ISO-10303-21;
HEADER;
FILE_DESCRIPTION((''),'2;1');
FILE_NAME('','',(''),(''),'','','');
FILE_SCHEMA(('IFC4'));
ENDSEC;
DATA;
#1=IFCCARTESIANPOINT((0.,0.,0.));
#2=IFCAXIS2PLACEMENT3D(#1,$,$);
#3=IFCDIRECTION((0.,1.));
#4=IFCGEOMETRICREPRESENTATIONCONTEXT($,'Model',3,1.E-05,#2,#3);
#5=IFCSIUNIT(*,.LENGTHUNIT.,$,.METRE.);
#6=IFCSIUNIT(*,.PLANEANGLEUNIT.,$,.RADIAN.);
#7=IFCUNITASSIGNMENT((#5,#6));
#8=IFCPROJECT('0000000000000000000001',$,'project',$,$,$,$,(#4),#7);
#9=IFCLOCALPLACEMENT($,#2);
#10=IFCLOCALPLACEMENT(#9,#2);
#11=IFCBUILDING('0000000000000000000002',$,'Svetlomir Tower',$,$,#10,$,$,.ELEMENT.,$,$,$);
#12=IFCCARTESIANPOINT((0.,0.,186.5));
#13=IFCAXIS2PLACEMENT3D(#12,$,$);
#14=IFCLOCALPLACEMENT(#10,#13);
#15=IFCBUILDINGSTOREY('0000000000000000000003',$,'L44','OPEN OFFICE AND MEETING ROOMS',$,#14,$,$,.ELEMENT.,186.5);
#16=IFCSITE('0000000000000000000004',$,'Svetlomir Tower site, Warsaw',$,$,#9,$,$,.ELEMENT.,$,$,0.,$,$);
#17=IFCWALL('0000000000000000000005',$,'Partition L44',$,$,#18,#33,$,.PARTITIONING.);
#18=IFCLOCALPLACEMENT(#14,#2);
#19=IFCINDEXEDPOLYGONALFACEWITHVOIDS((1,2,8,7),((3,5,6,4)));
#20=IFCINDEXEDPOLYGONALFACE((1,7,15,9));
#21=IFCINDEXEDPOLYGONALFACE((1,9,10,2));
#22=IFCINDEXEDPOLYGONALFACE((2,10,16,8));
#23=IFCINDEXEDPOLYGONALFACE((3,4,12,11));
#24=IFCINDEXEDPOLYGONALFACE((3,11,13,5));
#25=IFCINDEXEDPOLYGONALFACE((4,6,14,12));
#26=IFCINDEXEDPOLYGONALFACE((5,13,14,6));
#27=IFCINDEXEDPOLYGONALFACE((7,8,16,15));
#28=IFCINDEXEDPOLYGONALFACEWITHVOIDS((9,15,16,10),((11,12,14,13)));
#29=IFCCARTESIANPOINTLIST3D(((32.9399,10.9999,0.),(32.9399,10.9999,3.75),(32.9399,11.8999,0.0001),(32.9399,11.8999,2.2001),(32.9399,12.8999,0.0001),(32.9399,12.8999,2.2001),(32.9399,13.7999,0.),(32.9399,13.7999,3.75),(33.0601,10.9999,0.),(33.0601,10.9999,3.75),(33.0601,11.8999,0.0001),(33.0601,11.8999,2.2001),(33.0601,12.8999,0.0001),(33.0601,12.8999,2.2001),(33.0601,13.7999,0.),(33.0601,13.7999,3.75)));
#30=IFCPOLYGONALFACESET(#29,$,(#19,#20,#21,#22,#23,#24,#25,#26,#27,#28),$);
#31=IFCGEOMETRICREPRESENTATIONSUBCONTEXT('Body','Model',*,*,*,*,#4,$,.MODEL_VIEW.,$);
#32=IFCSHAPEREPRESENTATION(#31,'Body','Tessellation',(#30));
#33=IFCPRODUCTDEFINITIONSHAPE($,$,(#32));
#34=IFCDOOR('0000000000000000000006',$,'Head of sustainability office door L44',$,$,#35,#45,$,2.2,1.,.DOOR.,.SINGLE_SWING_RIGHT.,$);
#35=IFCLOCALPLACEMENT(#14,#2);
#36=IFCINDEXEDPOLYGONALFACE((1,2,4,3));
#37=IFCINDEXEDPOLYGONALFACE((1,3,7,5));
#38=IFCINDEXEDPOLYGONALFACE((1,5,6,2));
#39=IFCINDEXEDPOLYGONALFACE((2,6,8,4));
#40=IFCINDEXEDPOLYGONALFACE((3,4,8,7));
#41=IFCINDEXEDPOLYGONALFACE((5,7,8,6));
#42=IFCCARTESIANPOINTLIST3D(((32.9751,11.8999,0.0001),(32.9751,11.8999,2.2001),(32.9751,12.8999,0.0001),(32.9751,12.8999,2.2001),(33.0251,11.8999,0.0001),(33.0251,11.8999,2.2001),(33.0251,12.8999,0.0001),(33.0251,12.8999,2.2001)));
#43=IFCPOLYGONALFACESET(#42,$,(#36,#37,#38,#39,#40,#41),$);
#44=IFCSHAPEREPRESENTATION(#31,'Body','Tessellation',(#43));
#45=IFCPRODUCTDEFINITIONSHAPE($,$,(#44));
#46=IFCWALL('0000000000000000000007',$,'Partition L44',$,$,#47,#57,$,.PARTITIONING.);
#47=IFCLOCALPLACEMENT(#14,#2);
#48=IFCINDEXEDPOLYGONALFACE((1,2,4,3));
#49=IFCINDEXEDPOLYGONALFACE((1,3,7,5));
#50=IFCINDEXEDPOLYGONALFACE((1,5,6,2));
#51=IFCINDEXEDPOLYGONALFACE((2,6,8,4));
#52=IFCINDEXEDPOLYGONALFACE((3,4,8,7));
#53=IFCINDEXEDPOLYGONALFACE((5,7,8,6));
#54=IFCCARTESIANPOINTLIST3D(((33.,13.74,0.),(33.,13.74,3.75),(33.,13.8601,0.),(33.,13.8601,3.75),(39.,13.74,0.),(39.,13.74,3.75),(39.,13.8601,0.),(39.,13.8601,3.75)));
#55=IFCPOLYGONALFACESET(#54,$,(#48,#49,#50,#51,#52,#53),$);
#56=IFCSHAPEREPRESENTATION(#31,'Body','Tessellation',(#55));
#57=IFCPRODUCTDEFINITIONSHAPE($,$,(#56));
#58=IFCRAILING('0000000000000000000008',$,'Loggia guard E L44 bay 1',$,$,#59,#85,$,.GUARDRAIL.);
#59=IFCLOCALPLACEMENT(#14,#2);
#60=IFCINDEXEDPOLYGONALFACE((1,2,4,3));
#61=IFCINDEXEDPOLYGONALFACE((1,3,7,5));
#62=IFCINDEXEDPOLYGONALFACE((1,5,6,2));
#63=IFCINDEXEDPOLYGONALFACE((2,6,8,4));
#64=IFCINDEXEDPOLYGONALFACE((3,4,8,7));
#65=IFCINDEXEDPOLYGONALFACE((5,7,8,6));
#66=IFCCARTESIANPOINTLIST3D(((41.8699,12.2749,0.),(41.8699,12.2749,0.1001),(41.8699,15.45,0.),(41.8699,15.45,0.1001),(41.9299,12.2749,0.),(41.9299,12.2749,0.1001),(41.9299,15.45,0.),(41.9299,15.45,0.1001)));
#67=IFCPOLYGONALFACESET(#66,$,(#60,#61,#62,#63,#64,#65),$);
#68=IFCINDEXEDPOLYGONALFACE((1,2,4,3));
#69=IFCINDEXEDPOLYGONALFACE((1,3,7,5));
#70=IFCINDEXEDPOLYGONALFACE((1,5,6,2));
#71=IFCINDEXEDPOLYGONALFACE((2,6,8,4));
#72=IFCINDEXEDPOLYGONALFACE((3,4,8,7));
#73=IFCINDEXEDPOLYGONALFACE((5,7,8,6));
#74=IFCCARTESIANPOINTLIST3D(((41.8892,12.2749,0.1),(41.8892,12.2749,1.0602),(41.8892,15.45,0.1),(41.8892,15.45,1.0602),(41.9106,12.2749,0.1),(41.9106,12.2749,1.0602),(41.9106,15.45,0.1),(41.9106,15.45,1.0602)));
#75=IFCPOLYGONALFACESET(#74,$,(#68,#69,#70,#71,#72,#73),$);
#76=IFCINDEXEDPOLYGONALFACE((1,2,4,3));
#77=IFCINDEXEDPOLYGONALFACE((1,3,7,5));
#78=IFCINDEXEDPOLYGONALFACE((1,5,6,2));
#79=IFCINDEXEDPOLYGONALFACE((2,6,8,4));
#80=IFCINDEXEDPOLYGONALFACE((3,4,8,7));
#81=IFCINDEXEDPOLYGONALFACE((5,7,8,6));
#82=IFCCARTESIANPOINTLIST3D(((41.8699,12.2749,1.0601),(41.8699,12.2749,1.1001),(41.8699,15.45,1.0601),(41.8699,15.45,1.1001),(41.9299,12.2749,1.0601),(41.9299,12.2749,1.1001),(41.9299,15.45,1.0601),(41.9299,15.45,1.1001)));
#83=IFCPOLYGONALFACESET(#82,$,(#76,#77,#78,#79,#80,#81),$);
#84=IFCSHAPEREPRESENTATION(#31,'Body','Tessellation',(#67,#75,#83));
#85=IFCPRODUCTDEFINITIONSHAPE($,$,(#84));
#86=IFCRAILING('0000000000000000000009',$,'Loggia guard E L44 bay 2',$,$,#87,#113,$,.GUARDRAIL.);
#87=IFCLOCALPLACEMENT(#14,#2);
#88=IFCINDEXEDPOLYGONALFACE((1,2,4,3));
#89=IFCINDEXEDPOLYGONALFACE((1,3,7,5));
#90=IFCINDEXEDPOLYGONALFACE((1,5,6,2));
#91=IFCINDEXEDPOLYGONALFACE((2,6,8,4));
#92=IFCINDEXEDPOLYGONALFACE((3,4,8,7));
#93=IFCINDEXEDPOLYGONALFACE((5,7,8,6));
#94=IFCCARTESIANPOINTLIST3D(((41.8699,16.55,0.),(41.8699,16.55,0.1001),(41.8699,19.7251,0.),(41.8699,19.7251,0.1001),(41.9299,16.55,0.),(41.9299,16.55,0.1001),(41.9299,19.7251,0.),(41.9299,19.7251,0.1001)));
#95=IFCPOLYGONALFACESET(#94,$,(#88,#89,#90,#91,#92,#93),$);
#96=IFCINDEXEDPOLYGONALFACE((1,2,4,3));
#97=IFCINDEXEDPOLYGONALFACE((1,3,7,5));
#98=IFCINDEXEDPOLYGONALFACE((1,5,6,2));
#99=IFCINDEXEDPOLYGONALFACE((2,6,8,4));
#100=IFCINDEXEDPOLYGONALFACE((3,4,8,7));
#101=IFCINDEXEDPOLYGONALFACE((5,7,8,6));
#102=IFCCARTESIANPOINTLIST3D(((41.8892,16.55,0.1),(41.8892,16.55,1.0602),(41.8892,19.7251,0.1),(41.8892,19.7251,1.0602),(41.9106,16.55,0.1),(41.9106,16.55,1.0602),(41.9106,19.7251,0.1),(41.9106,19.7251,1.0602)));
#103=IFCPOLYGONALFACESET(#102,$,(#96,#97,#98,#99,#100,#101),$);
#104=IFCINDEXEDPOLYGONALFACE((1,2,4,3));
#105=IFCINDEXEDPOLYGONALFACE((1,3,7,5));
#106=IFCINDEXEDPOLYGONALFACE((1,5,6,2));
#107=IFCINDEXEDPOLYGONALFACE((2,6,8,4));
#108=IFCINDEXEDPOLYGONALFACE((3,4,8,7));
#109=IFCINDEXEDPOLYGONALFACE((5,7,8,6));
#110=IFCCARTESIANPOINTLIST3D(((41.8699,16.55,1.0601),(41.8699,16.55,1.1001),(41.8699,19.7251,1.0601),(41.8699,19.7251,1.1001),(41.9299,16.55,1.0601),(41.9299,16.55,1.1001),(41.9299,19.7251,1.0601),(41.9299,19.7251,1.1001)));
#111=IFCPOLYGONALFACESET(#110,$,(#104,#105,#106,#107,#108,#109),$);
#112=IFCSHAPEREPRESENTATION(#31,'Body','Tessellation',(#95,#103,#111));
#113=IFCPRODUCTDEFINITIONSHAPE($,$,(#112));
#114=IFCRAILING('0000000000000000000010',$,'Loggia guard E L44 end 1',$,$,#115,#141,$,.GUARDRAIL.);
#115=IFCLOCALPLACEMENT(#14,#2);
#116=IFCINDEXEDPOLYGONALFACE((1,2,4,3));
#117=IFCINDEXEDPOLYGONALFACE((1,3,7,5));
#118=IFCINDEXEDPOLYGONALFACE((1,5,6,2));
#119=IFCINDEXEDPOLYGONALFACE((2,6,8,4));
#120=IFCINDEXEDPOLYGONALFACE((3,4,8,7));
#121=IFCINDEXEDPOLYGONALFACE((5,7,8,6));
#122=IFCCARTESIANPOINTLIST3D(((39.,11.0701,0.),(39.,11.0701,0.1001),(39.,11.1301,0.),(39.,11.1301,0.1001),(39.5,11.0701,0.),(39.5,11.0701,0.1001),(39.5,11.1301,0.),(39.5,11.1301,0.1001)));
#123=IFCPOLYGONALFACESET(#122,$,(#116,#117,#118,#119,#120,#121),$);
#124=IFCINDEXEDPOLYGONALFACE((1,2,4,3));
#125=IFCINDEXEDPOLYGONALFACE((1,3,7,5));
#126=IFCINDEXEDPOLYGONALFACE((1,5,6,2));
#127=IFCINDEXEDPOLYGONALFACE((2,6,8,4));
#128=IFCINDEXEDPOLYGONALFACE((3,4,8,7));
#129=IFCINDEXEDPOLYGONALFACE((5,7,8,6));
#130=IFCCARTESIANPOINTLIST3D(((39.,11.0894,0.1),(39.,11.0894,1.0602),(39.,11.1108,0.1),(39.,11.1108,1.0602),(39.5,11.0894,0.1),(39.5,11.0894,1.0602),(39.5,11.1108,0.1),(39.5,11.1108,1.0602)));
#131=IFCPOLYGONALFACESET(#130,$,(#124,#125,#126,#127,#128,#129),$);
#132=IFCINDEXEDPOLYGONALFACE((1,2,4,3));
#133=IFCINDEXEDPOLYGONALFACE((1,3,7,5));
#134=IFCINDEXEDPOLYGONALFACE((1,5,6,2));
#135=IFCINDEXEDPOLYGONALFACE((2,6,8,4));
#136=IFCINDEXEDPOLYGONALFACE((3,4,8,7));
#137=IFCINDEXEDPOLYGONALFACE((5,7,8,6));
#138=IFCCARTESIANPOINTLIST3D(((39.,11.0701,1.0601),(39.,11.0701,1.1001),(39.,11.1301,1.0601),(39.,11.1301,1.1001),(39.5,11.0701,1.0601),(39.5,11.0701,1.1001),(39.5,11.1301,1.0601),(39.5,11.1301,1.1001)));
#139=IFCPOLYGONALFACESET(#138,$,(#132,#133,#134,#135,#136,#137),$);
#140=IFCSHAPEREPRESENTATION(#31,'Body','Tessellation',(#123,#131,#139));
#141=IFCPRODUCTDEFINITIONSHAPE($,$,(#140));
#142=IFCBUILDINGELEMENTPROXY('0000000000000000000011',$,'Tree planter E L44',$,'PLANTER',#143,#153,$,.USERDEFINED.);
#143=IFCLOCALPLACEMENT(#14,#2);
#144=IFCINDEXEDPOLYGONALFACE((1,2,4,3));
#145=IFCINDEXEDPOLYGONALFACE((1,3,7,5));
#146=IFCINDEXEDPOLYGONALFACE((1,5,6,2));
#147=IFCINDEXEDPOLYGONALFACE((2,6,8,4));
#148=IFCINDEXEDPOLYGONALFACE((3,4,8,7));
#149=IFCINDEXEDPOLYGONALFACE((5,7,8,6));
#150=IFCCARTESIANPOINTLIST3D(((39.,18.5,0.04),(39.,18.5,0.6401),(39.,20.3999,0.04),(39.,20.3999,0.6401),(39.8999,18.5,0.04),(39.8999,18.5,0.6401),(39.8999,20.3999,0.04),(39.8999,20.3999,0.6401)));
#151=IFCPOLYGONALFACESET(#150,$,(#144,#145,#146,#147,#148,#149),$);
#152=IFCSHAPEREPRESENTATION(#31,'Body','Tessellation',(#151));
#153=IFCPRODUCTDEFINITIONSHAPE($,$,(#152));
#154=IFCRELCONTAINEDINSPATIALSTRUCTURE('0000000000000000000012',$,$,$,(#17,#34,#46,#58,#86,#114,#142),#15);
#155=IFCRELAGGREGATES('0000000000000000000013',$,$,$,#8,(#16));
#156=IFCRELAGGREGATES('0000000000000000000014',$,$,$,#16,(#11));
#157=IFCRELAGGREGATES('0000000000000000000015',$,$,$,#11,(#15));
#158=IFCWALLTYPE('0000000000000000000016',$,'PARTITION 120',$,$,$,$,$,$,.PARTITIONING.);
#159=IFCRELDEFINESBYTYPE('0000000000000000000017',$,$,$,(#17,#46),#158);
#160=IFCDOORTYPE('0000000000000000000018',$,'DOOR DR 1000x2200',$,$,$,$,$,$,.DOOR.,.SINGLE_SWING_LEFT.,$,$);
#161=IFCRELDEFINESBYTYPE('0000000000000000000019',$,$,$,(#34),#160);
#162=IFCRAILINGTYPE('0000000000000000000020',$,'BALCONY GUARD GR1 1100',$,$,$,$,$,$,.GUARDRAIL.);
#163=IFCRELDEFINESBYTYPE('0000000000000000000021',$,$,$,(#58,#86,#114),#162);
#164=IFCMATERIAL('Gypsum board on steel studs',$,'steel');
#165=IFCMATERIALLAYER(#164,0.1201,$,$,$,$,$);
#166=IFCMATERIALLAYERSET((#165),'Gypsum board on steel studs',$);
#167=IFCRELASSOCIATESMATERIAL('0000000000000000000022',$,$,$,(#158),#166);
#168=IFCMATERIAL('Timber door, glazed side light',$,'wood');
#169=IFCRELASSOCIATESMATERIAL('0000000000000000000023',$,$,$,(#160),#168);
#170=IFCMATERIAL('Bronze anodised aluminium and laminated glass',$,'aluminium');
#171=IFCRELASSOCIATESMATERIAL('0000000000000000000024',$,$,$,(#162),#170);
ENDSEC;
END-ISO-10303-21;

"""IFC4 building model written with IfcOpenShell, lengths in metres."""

from ifc_helpers import new_model, si_unit, direction, frame, frame_2d, origin, origin_2d, place, context, subcontext, project, spatial, rectangle, extrude, material, layer, layer_set, type_object, element, fill, save


model = new_model("IFC4")

# Units and contexts
model_context = context("Model", 3, precision=1e-05, world=origin(), true_north=direction((0.0, 1.0)))
body_context = subcontext(model_context, "Body", "Model", "MODEL_VIEW")
ifc_project = project(units=[si_unit("LENGTHUNIT", "METRE"), si_unit("PLANEANGLEUNIT", "RADIAN")], contexts=[model_context])

# Site, building, storey
site_placement = place(None, origin())
site = spatial("IfcSite", under=ifc_project, at=site_placement, Name="Svetlomir Tower site, Warsaw", CompositionType="ELEMENT", RefElevation=0.0)
building_placement = place(site_placement, origin())
building = spatial("IfcBuilding", under=site, at=building_placement, Name="Svetlomir Tower", CompositionType="ELEMENT")
storey_placement = place(building_placement, frame((0.0, 0.0, 186.5)))
storey = spatial("IfcBuildingStorey", under=building, at=storey_placement, Name="L44", Description="OPEN OFFICE AND MEETING ROOMS", CompositionType="ELEMENT", Elevation=186.5)

# Wall, opening, door
ifc_material_1 = material(Name="Gypsum board on steel studs", Category="steel")
ifc_layer_1 = layer(ifc_material_1, 0.1201)
ifc_layer_set_1 = layer_set([ifc_layer_1], Name="Gypsum board on steel studs")
wall_type_1 = type_object("IfcWallType", Name="PARTITION 120", PredefinedType="PARTITIONING", material=ifc_layer_set_1)
wall_1_placement = place(storey_placement, frame((33.0, 11.0, 0.0), z_axis=(0.0, 0.0, 1.0), x_axis=(0.0, 1.0, 0.0)))
wall_1 = element("IfcWall", 1, at=wall_1_placement, inside=storey, type_object=wall_type_1, Name="Partition L44", PredefinedType="PARTITIONING", context=body_context, shape_type="SweptSolid", body=[
    extrude(rectangle(XDim=2.8, YDim=0.1201, at=frame_2d((1.3999, 0.0))), origin(), (0.0, 0.0, 1.0), 3.75),
])
opening_1_placement = place(wall_1_placement, frame((0.8999, 0.0, 0.0)))
opening_1 = element("IfcOpeningElement", 2, at=opening_1_placement, cuts=wall_1, PredefinedType="OPENING", context=body_context, shape_type="SweptSolid", body=[
    extrude(rectangle(XDim=1.0, YDim=2.2, at=frame_2d((0.5, 1.1001))), frame((0.0, 0.0701, 0.0), z_axis=(0.0, -1.0, 0.0), x_axis=(1.0, 0.0, 0.0)), (0.0, 0.0, 1.0), 0.1401),
])
ifc_material_2 = material(Name="Timber door, glazed side light", Category="wood")
door_type_1 = type_object("IfcDoorType", Name="DOOR DR 1000x2200", OperationType="SINGLE_SWING_LEFT", PredefinedType="DOOR", material=ifc_material_2)
door_1_placement = place(opening_1_placement, origin())
door_1 = element("IfcDoor", 3, at=door_1_placement, inside=storey, type_object=door_type_1, Name="Head of sustainability office door L44", OperationType="SINGLE_SWING_RIGHT", OverallHeight=2.2, OverallWidth=1.0, PredefinedType="DOOR", context=body_context, shape_type="SweptSolid", body=[
    extrude(rectangle(XDim=1.0, YDim=2.2, at=frame_2d((0.5, 1.1001))), frame((0.0, 0.0249, 0.0), z_axis=(0.0, -1.0, 0.0), x_axis=(1.0, 0.0, 0.0)), (0.0, 0.0, 1.0), 0.05),
])
fill(opening_1, door_1)

# Wall
wall_2_placement = place(storey_placement, frame((33.0, 13.8, 0.0), z_axis=(0.0, 0.0, 1.0), x_axis=(1.0, 0.0, 0.0)))
element("IfcWall", 4, at=wall_2_placement, inside=storey, type_object=wall_type_1, Name="Partition L44", PredefinedType="PARTITIONING", context=body_context, shape_type="SweptSolid", body=[
    extrude(rectangle(XDim=6.0, YDim=0.1201, at=frame_2d((3.0, 0.0))), origin(), (0.0, 0.0, 1.0), 3.75),
])

# Railings
ifc_material_3 = material(Name="Bronze anodised aluminium and laminated glass", Category="aluminium")
railing_type = type_object("IfcRailingType", Name="BALCONY GUARD GR1 1100", PredefinedType="GUARDRAIL", material=ifc_material_3)
for number, where, name in (
    (5, (41.8999, 12.2749, 0.0), "Loggia guard E L44 bay 1"),
    (6, (41.8999, 16.55, 0.0), "Loggia guard E L44 bay 2"),
):
    element("IfcRailing", number, at=place(storey_placement, frame(where)), inside=storey, type_object=railing_type, Name=name, PredefinedType="GUARDRAIL", context=body_context, shape_type="SweptSolid", body=[
        extrude(rectangle(XDim=0.0601, YDim=0.1001, at=origin_2d()), frame((0.0, 0.0, 0.05), z_axis=(0.0, 1.0, 0.0), x_axis=(-1.0, 0.0, 0.0)), (0.0, 0.0, 1.0), 3.175),
        extrude(rectangle(XDim=0.0215, YDim=0.9602, at=origin_2d()), frame((0.0, 0.0, 0.5801), z_axis=(0.0, 1.0, 0.0), x_axis=(-1.0, 0.0, 0.0)), (0.0, 0.0, 1.0), 3.175),
        extrude(rectangle(XDim=0.0601, YDim=0.04, at=origin_2d()), frame((0.0, 0.0, 1.0801), z_axis=(0.0, 1.0, 0.0), x_axis=(-1.0, 0.0, 0.0)), (0.0, 0.0, 1.0), 3.175),
    ])
railing_placement = place(storey_placement, frame((39.5, 11.1001, 0.0)))
element("IfcRailing", 7, at=railing_placement, inside=storey, type_object=railing_type, Name="Loggia guard E L44 end 1", PredefinedType="GUARDRAIL", context=body_context, shape_type="SweptSolid", body=[
    extrude(rectangle(XDim=0.0601, YDim=0.1001, at=origin_2d()), frame((0.0, 0.0, 0.05), z_axis=(-1.0, 0.0, 0.0), x_axis=(0.0, -1.0, 0.0)), (0.0, 0.0, 1.0), 0.5),
    extrude(rectangle(XDim=0.0215, YDim=0.9602, at=origin_2d()), frame((0.0, 0.0, 0.5801), z_axis=(-1.0, 0.0, 0.0), x_axis=(0.0, -1.0, 0.0)), (0.0, 0.0, 1.0), 0.5),
    extrude(rectangle(XDim=0.0601, YDim=0.04, at=origin_2d()), frame((0.0, 0.0, 1.0801), z_axis=(-1.0, 0.0, 0.0), x_axis=(0.0, -1.0, 0.0)), (0.0, 0.0, 1.0), 0.5),
])

# Building element proxy
proxy_placement = place(storey_placement, frame((39.45, 19.45, 0.04), z_axis=(0.0, 0.0, 1.0), x_axis=(1.0, 0.0, 0.0)))
element("IfcBuildingElementProxy", 8, at=proxy_placement, inside=storey, Name="Tree planter E L44", ObjectType="PLANTER", PredefinedType="USERDEFINED", context=body_context, shape_type="SweptSolid", body=[
    extrude(rectangle(XDim=0.8999, YDim=1.8999, at=origin_2d()), origin(), (0.0, 0.0, 1.0), 0.6001),
])

save(model, "model.ifc")
